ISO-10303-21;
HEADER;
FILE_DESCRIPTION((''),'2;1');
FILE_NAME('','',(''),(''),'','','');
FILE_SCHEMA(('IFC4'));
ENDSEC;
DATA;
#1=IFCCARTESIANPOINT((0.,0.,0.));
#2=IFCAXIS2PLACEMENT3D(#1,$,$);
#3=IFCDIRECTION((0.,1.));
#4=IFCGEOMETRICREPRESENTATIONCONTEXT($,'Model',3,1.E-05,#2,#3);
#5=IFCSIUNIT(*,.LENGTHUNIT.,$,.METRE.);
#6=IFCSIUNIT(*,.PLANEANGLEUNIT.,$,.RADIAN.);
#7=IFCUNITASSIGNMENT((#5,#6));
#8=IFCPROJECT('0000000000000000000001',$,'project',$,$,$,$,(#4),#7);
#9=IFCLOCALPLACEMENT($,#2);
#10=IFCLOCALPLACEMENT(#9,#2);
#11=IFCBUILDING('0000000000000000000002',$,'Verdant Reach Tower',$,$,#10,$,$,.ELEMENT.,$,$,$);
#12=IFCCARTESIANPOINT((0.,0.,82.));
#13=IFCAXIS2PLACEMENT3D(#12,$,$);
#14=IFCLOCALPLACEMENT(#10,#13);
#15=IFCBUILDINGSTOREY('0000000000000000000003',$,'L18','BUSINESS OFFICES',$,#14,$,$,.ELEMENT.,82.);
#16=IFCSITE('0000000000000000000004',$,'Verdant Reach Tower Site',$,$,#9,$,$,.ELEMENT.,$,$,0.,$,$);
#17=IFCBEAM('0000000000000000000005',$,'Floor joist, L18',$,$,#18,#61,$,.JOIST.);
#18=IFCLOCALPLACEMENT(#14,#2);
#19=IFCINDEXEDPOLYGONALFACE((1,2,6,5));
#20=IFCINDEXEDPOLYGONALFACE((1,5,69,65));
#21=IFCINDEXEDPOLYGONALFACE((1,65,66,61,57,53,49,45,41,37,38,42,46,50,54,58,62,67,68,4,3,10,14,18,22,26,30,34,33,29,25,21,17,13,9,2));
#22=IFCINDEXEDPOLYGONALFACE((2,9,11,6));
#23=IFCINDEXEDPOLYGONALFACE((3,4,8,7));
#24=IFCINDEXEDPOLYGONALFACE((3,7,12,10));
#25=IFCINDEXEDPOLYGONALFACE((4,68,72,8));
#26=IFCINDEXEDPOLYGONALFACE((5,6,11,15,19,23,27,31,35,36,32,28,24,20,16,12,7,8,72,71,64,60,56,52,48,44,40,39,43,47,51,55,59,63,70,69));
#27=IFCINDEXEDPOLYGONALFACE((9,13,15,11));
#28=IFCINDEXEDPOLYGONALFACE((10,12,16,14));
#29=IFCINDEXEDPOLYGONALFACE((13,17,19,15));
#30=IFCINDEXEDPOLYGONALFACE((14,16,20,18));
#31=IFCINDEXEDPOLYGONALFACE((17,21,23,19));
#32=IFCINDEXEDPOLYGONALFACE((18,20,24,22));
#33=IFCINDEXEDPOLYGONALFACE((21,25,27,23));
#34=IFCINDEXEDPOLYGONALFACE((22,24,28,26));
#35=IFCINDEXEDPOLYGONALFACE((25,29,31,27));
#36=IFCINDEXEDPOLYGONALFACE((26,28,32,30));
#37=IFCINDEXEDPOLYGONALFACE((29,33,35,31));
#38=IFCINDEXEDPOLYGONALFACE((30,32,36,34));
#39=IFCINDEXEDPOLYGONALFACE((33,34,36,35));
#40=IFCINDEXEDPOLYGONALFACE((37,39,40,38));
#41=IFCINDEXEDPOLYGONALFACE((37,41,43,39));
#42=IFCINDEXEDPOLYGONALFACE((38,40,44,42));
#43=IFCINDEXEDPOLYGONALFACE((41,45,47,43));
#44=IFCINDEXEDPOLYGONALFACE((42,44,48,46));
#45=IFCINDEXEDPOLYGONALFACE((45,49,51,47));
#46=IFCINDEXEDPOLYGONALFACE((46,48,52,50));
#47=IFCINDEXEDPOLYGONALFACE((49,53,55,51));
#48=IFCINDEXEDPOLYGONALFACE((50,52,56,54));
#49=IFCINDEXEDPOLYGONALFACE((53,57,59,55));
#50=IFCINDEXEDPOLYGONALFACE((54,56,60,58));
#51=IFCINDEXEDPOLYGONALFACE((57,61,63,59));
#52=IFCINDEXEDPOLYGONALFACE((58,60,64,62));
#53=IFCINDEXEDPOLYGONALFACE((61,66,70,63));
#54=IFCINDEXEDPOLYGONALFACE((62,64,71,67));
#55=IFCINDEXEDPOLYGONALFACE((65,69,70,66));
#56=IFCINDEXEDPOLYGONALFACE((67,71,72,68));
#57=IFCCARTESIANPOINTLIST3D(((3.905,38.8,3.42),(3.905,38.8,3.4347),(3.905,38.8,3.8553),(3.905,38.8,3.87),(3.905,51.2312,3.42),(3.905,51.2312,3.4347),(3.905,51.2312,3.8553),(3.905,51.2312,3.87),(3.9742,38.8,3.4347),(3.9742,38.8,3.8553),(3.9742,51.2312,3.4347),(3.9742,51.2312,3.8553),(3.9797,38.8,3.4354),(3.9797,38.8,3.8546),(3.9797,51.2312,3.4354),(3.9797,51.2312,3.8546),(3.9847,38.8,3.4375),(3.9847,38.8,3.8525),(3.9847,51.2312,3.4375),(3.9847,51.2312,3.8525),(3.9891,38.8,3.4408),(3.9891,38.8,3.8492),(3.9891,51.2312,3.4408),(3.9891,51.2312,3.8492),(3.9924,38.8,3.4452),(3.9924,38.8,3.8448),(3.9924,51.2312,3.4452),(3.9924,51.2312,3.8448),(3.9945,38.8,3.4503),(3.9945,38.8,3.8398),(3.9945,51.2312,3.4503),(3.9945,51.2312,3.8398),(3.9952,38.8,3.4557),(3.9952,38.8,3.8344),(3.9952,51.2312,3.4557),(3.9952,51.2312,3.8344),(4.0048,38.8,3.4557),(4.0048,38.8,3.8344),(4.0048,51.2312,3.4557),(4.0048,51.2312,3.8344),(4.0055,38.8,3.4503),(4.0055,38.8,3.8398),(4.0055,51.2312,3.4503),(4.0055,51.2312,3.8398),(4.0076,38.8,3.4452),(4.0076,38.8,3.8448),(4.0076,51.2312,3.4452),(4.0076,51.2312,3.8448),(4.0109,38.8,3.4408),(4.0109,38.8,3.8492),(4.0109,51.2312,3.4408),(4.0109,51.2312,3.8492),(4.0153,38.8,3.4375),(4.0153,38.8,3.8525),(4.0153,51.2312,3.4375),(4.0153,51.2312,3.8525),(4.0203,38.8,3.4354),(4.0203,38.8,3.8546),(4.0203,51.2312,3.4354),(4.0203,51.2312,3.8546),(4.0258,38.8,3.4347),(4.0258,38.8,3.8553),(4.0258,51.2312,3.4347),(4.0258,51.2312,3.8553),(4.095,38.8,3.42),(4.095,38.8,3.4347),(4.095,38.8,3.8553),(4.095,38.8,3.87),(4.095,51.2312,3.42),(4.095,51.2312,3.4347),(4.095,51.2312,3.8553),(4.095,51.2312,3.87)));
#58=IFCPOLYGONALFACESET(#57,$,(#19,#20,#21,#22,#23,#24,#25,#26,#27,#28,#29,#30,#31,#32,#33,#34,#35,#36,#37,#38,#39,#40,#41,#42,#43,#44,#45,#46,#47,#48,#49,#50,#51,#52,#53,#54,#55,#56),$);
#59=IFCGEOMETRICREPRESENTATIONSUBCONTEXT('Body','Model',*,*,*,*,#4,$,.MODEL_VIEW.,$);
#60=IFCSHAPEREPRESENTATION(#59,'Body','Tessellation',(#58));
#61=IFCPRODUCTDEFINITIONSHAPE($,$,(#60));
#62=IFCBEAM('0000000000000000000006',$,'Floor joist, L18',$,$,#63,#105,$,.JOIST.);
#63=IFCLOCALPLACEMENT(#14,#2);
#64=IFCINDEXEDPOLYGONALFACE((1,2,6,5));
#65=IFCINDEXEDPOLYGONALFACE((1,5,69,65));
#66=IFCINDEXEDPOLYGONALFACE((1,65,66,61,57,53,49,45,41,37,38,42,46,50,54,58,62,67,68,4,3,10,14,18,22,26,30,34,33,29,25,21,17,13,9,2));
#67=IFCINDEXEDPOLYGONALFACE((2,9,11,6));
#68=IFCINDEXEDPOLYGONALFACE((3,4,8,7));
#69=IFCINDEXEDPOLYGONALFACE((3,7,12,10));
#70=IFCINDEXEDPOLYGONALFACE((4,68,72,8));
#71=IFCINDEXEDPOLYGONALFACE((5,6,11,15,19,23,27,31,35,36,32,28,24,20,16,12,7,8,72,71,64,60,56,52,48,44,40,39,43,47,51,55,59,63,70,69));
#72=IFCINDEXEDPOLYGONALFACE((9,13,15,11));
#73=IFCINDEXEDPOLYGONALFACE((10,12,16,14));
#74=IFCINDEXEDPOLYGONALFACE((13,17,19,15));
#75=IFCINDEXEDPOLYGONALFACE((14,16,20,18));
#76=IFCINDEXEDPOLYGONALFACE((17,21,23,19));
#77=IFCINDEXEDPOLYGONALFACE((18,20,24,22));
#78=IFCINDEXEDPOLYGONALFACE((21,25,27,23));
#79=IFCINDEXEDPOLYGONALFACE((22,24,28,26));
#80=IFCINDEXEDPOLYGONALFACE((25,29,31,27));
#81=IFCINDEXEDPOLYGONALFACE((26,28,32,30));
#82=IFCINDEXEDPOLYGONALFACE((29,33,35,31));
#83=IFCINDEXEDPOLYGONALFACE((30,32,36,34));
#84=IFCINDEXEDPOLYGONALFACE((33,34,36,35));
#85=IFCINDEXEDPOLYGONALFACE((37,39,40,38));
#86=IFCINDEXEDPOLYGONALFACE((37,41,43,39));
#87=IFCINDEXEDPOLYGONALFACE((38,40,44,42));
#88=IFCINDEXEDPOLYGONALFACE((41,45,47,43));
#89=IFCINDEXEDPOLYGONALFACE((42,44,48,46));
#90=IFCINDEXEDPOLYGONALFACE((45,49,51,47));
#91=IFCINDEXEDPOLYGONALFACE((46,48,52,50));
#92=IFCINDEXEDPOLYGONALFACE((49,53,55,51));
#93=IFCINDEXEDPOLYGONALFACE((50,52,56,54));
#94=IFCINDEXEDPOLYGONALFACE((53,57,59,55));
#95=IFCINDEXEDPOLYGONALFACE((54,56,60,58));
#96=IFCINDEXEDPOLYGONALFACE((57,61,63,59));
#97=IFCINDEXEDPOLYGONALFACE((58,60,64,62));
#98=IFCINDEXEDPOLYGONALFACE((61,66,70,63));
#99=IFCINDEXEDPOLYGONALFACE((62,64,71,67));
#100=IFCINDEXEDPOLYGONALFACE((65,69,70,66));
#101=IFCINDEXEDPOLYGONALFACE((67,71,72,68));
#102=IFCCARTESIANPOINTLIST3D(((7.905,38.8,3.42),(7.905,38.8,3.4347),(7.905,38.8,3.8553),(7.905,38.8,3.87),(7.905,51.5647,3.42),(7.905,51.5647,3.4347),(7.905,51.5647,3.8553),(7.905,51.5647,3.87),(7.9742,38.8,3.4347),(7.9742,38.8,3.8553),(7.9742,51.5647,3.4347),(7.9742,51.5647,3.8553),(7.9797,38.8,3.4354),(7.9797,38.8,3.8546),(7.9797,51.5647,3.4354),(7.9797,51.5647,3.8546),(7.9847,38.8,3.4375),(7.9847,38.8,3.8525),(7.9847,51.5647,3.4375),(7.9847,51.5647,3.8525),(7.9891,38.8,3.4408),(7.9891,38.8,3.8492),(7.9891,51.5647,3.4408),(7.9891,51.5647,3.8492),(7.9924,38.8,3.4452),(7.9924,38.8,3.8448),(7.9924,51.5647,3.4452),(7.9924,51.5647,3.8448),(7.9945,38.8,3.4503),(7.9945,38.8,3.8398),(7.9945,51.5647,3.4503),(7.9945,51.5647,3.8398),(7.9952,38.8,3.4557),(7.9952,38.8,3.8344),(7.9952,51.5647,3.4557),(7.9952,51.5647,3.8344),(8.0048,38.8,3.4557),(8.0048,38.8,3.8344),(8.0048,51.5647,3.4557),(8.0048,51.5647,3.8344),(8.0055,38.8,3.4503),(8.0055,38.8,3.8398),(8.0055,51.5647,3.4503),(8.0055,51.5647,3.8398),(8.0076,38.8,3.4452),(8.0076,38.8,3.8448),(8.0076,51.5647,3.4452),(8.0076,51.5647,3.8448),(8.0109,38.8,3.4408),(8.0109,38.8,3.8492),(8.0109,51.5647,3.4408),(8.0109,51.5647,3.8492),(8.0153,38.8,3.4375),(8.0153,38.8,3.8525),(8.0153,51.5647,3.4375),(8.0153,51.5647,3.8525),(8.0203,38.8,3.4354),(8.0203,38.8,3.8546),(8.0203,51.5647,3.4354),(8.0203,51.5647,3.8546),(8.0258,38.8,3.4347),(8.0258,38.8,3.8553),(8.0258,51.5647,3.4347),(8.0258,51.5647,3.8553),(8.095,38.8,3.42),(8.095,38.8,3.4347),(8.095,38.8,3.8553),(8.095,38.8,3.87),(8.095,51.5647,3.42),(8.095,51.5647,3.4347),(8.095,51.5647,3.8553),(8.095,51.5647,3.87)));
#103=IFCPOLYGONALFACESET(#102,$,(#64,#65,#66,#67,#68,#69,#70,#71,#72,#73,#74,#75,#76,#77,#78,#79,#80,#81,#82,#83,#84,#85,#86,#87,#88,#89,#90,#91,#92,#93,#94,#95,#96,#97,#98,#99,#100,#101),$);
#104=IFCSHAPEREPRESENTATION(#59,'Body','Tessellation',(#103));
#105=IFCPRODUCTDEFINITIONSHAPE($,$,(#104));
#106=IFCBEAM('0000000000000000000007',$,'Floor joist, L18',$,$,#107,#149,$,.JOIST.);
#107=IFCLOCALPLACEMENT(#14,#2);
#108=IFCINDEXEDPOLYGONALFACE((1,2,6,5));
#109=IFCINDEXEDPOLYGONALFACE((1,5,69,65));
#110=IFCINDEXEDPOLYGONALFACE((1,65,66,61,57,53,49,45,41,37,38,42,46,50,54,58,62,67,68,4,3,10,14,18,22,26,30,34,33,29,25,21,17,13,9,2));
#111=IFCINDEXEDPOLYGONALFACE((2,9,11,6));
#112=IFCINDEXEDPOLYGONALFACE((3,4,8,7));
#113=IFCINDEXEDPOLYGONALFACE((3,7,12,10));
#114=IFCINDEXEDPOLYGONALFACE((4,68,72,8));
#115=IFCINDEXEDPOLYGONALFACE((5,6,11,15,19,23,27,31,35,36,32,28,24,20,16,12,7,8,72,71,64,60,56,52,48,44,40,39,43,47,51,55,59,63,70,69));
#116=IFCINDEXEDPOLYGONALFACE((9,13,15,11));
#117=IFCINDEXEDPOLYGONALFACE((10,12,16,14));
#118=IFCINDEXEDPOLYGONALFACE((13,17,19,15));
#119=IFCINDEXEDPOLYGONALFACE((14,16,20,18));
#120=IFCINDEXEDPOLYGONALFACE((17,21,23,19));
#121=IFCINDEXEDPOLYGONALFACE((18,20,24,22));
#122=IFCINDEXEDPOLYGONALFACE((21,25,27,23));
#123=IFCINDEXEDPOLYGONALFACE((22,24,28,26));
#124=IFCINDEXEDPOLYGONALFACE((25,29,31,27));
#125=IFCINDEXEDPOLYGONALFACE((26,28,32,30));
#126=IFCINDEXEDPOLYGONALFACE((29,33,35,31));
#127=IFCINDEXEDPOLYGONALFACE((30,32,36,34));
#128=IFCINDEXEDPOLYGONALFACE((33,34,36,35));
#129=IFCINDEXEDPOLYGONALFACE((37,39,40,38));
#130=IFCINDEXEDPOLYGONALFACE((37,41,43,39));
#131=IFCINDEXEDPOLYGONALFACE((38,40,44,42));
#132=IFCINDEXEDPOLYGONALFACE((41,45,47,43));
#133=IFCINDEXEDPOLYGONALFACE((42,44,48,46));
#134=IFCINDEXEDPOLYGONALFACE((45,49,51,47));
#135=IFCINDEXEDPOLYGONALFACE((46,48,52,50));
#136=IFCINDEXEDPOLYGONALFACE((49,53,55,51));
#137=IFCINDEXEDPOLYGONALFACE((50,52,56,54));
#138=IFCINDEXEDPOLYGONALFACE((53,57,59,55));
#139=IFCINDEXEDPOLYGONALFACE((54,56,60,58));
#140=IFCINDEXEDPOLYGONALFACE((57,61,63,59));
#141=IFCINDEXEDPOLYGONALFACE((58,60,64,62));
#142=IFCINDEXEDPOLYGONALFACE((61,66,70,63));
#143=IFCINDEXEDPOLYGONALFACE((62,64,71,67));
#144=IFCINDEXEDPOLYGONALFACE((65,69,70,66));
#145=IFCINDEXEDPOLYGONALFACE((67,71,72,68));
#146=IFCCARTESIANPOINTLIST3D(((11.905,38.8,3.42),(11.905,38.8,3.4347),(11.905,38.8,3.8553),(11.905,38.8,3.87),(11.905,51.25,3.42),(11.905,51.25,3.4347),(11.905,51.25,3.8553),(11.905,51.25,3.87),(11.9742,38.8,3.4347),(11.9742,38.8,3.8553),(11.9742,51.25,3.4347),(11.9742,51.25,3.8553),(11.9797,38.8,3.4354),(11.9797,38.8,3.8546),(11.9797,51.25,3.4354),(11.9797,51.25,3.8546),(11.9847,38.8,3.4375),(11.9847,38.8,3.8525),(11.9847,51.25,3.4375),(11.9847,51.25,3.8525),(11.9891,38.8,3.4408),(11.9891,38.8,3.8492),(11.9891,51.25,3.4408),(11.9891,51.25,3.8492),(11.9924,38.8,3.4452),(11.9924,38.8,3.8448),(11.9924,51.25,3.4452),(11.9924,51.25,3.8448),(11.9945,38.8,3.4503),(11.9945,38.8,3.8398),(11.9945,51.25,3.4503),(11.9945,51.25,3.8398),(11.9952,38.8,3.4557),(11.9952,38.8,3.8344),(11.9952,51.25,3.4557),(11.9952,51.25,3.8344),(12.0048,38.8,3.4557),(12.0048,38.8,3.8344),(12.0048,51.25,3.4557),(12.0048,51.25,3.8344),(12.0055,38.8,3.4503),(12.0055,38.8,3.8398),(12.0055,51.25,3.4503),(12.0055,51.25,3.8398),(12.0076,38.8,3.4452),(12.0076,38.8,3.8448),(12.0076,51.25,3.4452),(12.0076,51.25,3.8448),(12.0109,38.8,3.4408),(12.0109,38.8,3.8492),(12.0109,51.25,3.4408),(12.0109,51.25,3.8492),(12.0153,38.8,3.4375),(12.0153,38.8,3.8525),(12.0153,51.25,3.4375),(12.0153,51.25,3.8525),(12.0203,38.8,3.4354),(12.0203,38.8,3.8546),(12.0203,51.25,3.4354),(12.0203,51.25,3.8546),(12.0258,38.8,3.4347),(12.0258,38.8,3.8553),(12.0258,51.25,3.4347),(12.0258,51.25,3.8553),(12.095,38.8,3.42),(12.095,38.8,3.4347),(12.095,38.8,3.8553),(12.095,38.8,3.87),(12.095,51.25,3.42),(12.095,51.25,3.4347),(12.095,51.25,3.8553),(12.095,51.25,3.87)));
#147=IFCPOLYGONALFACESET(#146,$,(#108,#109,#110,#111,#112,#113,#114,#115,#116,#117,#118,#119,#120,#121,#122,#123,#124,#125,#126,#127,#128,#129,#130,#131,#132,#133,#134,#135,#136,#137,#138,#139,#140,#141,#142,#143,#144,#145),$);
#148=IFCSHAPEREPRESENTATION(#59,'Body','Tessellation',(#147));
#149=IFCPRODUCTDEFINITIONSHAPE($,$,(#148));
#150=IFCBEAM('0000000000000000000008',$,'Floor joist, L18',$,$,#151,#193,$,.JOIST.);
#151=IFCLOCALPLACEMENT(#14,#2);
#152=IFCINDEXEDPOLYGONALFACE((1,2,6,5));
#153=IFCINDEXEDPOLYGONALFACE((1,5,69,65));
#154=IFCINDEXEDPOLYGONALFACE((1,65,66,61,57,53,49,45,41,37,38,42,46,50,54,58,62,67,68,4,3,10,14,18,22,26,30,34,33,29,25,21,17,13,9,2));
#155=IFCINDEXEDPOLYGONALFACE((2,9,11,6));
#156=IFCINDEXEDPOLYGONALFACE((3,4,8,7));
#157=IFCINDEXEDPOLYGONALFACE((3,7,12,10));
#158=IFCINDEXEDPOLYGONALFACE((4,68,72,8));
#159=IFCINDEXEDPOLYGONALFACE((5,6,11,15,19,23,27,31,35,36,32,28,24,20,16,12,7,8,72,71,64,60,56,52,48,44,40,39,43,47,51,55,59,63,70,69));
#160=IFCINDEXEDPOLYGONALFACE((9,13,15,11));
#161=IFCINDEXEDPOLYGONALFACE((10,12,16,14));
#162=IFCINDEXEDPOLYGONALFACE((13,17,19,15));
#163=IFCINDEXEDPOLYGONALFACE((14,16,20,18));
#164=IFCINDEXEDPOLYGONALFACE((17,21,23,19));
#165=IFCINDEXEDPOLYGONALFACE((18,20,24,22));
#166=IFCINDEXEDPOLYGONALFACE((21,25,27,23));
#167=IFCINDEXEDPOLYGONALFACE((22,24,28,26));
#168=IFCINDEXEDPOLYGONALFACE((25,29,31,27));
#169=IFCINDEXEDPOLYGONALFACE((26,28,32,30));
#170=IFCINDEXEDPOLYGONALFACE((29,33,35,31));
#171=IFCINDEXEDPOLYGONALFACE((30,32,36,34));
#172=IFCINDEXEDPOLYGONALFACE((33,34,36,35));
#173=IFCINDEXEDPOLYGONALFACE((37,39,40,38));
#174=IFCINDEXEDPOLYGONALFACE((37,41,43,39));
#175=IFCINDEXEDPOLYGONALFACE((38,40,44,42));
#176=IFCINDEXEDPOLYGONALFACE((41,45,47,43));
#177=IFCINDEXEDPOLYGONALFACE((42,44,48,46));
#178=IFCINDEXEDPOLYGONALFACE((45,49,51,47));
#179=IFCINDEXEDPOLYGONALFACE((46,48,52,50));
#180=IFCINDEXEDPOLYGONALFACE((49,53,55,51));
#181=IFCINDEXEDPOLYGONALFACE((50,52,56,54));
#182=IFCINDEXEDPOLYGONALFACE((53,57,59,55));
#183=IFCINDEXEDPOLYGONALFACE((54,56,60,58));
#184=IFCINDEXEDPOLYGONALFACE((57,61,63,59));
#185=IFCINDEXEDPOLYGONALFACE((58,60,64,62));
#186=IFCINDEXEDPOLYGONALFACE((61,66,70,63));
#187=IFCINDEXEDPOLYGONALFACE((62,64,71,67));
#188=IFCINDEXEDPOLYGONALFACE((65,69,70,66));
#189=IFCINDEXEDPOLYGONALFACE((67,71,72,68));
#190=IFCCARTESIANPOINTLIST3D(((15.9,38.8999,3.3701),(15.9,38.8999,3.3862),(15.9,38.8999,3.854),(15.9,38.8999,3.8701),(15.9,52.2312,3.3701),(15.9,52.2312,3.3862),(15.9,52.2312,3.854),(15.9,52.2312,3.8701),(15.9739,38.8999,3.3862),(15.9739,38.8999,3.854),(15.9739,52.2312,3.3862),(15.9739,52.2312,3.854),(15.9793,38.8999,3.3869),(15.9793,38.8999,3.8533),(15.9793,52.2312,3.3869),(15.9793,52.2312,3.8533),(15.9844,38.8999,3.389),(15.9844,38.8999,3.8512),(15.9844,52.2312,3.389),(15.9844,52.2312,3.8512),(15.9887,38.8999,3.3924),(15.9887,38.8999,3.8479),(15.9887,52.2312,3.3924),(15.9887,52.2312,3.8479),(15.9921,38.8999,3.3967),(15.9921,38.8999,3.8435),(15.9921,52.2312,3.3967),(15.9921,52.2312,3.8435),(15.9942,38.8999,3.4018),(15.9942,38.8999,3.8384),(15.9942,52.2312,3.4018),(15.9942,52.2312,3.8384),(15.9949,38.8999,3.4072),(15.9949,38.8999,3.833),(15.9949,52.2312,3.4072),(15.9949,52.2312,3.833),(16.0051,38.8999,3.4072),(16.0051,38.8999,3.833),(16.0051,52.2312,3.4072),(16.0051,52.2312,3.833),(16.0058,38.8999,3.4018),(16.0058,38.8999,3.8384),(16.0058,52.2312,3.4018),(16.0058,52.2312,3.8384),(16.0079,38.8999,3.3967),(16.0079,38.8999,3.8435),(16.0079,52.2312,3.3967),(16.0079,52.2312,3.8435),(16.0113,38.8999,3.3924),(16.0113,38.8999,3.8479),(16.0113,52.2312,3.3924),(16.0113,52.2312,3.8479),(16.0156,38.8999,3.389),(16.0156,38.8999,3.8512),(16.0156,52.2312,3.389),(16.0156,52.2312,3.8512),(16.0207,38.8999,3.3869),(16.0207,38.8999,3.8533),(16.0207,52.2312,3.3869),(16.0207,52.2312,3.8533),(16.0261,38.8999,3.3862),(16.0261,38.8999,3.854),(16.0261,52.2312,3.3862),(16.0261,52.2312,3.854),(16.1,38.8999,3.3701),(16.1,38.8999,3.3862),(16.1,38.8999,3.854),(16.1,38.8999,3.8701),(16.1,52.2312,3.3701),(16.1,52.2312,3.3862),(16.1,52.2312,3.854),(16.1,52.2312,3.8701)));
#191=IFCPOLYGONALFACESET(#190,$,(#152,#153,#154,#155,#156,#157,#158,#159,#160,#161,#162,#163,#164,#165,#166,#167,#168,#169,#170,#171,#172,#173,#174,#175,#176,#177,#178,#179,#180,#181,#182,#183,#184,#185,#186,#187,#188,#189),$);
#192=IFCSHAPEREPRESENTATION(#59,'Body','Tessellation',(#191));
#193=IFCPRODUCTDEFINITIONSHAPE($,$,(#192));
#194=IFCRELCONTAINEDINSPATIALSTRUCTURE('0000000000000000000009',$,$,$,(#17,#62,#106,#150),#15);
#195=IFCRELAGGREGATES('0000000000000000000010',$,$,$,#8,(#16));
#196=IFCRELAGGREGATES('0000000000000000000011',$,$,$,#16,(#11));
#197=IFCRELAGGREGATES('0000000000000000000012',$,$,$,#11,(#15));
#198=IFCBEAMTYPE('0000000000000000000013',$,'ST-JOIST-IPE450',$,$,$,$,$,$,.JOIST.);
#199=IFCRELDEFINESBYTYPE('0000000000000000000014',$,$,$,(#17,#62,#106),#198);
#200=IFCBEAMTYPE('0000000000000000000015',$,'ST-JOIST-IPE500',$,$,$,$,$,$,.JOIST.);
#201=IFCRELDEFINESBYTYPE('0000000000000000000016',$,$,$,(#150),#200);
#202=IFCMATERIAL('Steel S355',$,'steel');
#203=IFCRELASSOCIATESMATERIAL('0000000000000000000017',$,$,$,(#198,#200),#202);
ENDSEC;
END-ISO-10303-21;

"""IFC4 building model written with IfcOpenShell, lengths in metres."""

from ifc_helpers import new_model, si_unit, direction, frame, origin, origin_2d, place, context, subcontext, project, spatial, i_section, extrude, material, material_profile, profile_set, type_object, element, save


model = new_model("IFC4")

# Units and contexts
model_context = context("Model", 3, precision=1e-05, world=origin(), true_north=direction((0.0, 1.0)))
body_context = subcontext(model_context, "Body", "Model", "MODEL_VIEW")
ifc_project = project(units=[si_unit("LENGTHUNIT", "METRE"), si_unit("PLANEANGLEUNIT", "RADIAN")], contexts=[model_context])

# Site, building, storey
site_placement = place(None, origin())
site = spatial("IfcSite", under=ifc_project, at=site_placement, Name="Verdant Reach Tower Site", CompositionType="ELEMENT", RefElevation=0.0)
building_placement = place(site_placement, origin())
building = spatial("IfcBuilding", under=site, at=building_placement, Name="Verdant Reach Tower", CompositionType="ELEMENT")
storey_placement = place(building_placement, frame((0.0, 0.0, 82.0)))
storey = spatial("IfcBuildingStorey", under=building, at=storey_placement, Name="L18", Description="BUSINESS OFFICES", CompositionType="ELEMENT", Elevation=82.0)

# Beams
ifc_material_1 = material(Name="Steel S355", Category="steel")
ifc_material_profile_1 = material_profile(ifc_material_1, i_section(OverallWidth=0.1899, OverallDepth=0.45, WebThickness=0.0095, FlangeThickness=0.0146, FilletRadius=0.021, at=origin_2d()), Name="IPE 450")
ifc_profile_set_1 = profile_set([ifc_material_profile_1], Name="Steel S355")
beam_type_1 = type_object("IfcBeamType", Name="ST-JOIST-IPE450", PredefinedType="JOIST", material=ifc_profile_set_1)
beam_1_placement = place(storey_placement, frame((4.0, 38.8, 3.645), z_axis=(0.0, 1.0, 0.0), x_axis=(-1.0, 0.0, 0.0)))
element("IfcBeam", 1, at=beam_1_placement, inside=storey, type_object=beam_type_1, Name="Floor joist, L18", PredefinedType="JOIST", context=body_context, shape_type="SweptSolid", body=[
    extrude(i_section(OverallWidth=0.1899, OverallDepth=0.45, WebThickness=0.0095, FlangeThickness=0.0146, FilletRadius=0.021, at=origin_2d()), origin(), (0.0, 0.0, 1.0), 12.4312),
])
beam_2_placement = place(storey_placement, frame((8.0, 38.8, 3.645), z_axis=(0.0, 1.0, 0.0), x_axis=(-1.0, 0.0, 0.0)))
element("IfcBeam", 2, at=beam_2_placement, inside=storey, type_object=beam_type_1, Name="Floor joist, L18", PredefinedType="JOIST", context=body_context, shape_type="SweptSolid", body=[
    extrude(i_section(OverallWidth=0.1899, OverallDepth=0.45, WebThickness=0.0095, FlangeThickness=0.0146, FilletRadius=0.021, at=origin_2d()), origin(), (0.0, 0.0, 1.0), 12.7646),
])
beam_3_placement = place(storey_placement, frame((12.0, 38.8, 3.645), z_axis=(0.0, 1.0, 0.0), x_axis=(-1.0, 0.0, 0.0)))
element("IfcBeam", 3, at=beam_3_placement, inside=storey, type_object=beam_type_1, Name="Floor joist, L18", PredefinedType="JOIST", context=body_context, shape_type="SweptSolid", body=[
    extrude(i_section(OverallWidth=0.1899, OverallDepth=0.45, WebThickness=0.0095, FlangeThickness=0.0146, FilletRadius=0.021, at=origin_2d()), origin(), (0.0, 0.0, 1.0), 12.45),
])
ifc_material_profile_2 = material_profile(ifc_material_1, i_section(OverallWidth=0.2, OverallDepth=0.5, WebThickness=0.0103, FlangeThickness=0.0161, FilletRadius=0.021, at=origin_2d()), Name="IPE 500")
ifc_profile_set_2 = profile_set([ifc_material_profile_2], Name="Steel S355")
beam_type_2 = type_object("IfcBeamType", Name="ST-JOIST-IPE500", PredefinedType="JOIST", material=ifc_profile_set_2)
beam_4_placement = place(storey_placement, frame((16.0, 38.8999, 3.6201), z_axis=(0.0, 1.0, 0.0), x_axis=(-1.0, 0.0, 0.0)))
element("IfcBeam", 4, at=beam_4_placement, inside=storey, type_object=beam_type_2, Name="Floor joist, L18", PredefinedType="JOIST", context=body_context, shape_type="SweptSolid", body=[
    extrude(i_section(OverallWidth=0.2, OverallDepth=0.5, WebThickness=0.0103, FlangeThickness=0.0161, FilletRadius=0.021, at=origin_2d()), origin(), (0.0, 0.0, 1.0), 13.3313),
])

save(model, "model.ifc")
